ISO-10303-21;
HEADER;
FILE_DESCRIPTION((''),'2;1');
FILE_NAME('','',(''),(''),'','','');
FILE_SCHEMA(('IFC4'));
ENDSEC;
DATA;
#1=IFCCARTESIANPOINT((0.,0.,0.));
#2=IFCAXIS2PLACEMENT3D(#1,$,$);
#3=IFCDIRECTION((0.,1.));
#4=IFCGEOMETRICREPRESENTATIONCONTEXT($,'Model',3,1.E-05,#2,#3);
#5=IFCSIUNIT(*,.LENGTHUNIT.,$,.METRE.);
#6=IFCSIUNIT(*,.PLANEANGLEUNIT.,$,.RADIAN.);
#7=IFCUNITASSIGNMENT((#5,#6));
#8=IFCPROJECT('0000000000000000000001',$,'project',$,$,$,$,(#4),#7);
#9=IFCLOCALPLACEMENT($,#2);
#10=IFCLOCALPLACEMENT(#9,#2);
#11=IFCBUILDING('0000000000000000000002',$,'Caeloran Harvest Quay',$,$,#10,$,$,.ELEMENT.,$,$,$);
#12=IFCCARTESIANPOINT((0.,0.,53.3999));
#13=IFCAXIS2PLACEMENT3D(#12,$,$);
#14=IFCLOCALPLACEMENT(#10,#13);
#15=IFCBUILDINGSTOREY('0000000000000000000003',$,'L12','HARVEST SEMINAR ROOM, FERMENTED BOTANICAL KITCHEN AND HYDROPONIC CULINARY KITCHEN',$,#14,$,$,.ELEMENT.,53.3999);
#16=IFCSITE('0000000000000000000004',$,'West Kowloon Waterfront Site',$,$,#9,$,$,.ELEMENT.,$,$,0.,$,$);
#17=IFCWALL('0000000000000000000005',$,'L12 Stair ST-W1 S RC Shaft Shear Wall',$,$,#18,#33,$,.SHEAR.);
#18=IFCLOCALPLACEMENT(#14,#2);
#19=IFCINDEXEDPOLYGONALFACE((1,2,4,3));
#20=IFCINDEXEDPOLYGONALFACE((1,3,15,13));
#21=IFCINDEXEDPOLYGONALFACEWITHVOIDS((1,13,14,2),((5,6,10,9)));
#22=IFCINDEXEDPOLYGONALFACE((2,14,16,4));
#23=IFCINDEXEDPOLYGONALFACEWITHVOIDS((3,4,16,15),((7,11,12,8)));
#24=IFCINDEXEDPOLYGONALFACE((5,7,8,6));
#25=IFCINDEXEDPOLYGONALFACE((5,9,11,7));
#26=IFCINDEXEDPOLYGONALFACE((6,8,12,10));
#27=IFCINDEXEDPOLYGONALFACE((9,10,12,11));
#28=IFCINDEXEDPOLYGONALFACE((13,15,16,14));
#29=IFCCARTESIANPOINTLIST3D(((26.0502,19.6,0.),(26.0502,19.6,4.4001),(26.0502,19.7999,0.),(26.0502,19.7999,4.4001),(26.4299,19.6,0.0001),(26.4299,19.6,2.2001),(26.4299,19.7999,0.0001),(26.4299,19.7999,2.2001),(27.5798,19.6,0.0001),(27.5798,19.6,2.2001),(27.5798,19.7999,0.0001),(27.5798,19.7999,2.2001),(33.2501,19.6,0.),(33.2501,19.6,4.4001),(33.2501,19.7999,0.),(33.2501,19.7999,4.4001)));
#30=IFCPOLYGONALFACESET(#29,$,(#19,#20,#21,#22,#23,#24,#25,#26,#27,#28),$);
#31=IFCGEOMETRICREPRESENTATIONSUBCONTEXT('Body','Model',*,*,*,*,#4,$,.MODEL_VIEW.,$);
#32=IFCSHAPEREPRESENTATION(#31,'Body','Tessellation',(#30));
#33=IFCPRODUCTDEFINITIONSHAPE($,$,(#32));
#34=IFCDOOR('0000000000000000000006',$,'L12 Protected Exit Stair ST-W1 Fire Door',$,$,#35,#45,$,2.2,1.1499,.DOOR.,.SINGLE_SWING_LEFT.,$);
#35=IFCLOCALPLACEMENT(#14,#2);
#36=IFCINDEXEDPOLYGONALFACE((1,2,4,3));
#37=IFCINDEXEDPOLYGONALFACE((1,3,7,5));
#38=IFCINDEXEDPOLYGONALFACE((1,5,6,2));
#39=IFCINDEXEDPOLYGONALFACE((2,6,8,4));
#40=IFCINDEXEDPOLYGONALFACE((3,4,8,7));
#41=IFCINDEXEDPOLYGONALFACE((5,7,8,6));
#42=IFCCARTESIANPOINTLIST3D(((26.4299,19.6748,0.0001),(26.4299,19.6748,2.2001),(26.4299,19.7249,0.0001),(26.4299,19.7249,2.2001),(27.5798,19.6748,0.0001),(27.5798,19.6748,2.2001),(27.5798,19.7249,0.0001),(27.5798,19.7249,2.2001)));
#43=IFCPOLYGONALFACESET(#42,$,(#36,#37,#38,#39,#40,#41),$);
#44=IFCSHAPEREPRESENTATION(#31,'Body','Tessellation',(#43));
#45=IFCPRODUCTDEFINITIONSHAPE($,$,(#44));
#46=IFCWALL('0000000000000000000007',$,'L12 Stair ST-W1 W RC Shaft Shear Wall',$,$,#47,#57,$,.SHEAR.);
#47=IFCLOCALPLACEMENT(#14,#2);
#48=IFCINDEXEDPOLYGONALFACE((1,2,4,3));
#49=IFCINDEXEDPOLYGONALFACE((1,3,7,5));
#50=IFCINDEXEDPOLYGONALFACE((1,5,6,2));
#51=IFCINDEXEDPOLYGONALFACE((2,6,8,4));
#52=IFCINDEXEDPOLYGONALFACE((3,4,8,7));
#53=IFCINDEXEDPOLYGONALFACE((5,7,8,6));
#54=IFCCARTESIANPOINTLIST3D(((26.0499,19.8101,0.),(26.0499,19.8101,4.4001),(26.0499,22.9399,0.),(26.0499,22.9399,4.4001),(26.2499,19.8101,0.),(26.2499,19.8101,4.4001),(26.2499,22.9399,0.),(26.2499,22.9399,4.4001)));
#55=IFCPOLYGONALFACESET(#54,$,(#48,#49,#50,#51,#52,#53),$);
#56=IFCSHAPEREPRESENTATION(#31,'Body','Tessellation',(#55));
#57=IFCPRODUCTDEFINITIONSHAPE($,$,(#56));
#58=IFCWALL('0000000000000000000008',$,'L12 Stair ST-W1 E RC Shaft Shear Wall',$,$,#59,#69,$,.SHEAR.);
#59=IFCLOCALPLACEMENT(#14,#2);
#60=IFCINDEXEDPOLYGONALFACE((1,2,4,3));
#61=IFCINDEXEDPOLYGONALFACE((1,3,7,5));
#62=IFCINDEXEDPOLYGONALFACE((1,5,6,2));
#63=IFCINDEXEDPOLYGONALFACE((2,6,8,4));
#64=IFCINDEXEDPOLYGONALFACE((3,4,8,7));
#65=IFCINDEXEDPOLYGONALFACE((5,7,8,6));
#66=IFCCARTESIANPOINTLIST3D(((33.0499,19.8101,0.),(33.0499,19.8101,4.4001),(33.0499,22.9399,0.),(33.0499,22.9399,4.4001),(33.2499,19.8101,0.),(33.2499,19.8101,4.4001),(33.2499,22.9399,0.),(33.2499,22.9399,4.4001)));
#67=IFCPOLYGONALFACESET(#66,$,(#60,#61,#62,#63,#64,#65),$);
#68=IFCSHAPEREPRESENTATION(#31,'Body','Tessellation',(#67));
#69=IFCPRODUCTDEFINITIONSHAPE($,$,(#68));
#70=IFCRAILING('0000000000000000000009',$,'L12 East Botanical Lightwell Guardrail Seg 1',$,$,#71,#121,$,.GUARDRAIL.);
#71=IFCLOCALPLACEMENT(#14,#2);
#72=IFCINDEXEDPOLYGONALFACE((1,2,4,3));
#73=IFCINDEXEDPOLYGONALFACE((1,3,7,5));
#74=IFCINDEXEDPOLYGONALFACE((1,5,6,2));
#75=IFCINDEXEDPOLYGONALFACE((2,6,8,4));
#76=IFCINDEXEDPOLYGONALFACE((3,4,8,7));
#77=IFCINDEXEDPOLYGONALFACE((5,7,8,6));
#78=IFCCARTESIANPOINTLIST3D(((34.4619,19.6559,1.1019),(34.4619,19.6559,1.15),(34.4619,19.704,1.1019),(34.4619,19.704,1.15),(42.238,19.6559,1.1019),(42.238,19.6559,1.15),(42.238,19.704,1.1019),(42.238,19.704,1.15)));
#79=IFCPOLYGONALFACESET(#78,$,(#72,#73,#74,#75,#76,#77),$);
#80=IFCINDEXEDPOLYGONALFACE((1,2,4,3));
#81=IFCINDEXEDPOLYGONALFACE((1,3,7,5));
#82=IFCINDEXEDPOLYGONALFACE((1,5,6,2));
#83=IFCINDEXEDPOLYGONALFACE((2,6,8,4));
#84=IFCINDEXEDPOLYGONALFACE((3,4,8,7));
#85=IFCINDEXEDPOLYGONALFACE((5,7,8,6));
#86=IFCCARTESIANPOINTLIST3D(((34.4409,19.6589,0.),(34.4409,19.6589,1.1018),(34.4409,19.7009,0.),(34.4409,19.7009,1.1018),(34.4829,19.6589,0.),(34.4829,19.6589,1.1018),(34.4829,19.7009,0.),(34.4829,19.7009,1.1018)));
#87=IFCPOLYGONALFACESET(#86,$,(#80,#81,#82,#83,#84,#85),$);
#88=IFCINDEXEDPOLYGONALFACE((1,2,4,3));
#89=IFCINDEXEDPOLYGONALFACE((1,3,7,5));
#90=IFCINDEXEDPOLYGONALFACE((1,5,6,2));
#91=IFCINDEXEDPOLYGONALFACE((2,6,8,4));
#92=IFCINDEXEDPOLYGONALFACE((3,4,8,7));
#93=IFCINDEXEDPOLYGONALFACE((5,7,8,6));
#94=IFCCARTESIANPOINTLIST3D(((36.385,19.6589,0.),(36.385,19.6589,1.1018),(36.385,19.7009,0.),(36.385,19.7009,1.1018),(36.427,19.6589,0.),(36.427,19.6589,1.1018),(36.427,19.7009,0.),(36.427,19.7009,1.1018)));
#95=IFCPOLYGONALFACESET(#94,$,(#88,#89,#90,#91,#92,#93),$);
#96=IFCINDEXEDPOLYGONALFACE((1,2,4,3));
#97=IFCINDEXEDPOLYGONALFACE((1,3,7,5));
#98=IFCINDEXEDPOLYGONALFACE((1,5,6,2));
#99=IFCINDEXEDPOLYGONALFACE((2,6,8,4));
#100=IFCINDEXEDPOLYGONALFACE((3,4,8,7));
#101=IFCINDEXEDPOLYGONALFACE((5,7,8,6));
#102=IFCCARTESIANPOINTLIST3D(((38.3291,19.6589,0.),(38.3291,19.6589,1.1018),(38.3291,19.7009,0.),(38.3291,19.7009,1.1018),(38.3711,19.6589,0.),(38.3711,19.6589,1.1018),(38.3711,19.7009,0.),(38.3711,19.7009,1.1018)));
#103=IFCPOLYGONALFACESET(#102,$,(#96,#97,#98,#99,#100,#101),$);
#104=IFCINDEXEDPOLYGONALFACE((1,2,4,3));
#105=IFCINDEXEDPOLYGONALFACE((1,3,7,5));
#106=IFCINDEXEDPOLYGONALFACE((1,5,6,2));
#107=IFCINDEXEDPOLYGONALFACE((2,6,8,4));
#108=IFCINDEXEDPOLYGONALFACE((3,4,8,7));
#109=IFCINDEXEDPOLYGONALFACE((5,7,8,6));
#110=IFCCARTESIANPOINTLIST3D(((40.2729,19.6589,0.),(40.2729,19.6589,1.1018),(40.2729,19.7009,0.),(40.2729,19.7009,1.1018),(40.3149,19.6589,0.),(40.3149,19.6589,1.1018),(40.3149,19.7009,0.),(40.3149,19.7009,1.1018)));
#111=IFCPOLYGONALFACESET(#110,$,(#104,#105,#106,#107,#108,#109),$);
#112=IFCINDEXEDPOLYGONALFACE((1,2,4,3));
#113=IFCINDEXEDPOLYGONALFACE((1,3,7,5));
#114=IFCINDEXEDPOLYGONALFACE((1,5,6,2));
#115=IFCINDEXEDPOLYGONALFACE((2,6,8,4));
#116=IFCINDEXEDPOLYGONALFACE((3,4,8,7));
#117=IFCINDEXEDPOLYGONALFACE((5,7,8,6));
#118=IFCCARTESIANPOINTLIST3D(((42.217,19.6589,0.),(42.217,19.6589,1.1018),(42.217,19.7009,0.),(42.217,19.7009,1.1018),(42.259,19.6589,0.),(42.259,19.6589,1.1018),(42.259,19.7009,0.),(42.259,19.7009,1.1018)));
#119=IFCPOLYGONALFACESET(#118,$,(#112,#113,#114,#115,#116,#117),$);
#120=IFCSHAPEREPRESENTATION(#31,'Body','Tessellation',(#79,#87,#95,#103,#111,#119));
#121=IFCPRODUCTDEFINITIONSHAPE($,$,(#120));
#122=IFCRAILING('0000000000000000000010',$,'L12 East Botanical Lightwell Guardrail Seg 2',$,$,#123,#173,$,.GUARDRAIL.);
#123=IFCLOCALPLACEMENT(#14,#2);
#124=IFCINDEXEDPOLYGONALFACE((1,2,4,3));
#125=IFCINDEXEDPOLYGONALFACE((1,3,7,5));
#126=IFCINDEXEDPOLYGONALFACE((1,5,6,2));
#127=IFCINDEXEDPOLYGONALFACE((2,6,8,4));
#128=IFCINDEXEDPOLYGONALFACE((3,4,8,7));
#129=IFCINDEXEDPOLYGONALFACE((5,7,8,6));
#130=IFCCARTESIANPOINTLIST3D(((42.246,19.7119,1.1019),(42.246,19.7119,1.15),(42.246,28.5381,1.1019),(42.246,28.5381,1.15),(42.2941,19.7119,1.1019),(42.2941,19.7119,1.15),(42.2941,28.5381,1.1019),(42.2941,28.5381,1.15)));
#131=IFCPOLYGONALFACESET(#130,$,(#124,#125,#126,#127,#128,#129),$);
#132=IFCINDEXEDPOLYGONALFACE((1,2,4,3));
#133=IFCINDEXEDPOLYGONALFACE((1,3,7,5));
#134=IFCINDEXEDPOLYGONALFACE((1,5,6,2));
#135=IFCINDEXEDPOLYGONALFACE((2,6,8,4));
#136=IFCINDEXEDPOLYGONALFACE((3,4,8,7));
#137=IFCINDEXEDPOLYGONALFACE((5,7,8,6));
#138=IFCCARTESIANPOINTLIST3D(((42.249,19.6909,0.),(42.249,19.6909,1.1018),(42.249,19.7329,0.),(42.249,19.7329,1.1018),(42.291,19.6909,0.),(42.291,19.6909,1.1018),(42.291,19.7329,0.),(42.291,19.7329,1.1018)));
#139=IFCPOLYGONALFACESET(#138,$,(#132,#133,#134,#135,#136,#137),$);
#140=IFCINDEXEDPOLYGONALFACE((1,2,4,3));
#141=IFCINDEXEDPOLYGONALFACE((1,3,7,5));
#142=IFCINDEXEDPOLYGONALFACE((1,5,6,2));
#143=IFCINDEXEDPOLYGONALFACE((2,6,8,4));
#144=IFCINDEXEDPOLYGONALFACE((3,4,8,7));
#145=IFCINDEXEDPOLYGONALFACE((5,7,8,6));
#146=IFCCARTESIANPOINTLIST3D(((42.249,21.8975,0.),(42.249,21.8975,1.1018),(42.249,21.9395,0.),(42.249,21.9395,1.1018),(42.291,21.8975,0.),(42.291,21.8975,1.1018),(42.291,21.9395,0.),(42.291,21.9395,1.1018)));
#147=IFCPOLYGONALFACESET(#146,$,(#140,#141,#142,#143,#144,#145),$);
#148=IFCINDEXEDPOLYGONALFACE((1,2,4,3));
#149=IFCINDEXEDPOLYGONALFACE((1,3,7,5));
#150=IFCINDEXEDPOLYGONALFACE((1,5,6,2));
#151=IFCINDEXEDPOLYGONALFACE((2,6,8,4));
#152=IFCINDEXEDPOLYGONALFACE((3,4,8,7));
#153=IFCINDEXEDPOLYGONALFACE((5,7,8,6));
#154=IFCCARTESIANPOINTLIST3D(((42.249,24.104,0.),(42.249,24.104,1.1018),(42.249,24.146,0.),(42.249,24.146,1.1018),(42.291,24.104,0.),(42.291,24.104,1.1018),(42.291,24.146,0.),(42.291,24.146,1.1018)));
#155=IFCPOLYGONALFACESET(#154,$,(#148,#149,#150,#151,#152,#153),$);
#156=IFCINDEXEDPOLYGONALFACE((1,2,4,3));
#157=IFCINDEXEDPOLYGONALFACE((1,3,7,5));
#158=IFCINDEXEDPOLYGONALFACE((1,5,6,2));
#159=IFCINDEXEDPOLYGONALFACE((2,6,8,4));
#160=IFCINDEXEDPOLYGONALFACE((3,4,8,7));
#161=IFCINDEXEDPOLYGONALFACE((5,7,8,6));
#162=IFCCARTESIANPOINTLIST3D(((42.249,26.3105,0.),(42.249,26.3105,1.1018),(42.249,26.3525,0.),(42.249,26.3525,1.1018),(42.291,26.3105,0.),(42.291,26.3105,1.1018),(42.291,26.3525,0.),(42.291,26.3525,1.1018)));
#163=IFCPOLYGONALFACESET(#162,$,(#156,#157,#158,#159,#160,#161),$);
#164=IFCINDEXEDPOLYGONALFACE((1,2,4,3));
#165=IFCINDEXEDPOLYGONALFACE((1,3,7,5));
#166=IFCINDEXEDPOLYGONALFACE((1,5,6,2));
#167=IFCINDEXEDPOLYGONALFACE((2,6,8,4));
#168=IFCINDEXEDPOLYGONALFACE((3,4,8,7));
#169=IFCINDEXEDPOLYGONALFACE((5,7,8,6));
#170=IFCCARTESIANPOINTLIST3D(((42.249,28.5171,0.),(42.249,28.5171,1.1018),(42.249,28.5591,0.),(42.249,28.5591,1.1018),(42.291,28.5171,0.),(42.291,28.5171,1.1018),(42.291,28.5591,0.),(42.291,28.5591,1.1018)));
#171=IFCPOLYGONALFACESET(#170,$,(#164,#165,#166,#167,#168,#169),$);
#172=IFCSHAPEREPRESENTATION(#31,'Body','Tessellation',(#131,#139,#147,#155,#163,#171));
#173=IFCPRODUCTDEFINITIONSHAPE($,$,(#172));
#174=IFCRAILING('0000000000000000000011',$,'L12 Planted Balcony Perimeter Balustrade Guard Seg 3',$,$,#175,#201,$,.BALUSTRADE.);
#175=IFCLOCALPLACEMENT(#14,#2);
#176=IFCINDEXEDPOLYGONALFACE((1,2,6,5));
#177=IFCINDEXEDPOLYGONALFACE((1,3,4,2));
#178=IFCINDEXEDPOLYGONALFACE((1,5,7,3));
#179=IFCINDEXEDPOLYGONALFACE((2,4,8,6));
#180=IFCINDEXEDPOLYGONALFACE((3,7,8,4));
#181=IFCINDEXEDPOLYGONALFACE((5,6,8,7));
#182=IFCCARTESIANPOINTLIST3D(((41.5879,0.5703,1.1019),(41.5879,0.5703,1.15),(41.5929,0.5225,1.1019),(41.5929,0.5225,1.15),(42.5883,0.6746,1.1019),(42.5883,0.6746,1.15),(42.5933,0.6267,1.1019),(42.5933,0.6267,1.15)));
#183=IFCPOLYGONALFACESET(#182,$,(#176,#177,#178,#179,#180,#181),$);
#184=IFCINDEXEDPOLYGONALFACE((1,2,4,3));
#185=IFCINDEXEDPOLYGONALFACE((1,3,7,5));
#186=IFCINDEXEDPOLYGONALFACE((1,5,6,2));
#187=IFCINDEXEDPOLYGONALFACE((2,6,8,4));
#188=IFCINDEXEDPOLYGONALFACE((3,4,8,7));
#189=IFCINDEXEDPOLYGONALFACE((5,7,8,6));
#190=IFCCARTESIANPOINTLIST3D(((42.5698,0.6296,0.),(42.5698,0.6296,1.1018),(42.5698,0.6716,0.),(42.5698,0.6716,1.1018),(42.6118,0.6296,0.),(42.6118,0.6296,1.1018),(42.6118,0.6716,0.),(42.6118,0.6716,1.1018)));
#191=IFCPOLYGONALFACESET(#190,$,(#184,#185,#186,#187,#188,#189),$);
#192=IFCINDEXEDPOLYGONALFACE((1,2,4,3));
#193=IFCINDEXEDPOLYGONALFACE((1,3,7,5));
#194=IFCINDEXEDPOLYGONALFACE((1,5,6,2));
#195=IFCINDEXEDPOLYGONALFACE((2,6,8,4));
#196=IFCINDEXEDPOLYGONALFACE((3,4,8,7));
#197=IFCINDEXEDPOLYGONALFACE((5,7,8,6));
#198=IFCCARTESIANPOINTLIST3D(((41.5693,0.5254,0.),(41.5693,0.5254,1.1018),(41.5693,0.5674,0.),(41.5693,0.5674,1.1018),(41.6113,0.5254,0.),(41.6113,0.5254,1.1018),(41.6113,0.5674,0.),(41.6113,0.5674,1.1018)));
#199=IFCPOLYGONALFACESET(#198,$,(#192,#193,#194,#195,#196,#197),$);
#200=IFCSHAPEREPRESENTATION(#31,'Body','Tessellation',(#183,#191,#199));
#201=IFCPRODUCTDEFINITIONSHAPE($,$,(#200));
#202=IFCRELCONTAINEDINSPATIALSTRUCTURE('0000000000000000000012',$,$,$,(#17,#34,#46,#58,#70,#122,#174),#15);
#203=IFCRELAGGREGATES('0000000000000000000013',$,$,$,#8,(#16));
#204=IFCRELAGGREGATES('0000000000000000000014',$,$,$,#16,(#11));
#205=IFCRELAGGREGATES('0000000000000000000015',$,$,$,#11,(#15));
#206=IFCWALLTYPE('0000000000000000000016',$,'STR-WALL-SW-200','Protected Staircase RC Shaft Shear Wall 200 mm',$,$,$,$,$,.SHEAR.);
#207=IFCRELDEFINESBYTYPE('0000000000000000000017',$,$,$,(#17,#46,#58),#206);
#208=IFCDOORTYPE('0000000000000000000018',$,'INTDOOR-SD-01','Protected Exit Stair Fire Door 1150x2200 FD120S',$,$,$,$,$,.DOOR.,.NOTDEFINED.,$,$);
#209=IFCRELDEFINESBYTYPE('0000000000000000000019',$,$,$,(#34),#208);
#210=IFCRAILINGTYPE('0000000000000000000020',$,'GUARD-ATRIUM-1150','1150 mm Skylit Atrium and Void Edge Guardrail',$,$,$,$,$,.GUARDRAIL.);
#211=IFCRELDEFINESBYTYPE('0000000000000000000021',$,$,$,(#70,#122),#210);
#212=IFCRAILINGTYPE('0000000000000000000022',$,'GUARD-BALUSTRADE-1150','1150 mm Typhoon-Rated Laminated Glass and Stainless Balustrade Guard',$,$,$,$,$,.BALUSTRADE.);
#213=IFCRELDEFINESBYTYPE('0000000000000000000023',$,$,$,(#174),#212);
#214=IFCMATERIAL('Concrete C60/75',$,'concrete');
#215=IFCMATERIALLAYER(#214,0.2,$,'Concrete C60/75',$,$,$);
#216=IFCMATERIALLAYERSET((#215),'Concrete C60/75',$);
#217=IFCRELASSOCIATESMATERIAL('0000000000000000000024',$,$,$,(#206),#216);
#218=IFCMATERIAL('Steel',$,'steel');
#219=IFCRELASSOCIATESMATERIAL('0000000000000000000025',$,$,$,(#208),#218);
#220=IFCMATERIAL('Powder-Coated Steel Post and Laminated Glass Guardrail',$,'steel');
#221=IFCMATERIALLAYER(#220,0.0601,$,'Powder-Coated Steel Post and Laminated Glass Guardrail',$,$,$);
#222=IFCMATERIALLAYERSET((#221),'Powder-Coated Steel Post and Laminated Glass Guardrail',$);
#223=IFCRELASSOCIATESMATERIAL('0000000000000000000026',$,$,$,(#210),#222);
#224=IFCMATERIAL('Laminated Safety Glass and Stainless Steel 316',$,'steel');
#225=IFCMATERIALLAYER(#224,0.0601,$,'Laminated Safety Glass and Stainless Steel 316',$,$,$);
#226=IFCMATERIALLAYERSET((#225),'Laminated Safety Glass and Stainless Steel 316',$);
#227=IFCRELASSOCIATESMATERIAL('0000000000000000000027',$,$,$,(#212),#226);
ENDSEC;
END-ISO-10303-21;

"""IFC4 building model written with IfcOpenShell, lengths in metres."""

from ifc_helpers import new_model, si_unit, direction, frame, frame_2d, origin, origin_2d, place, context, subcontext, project, spatial, rectangle, extrude, material, layer, layer_set, type_object, element, fill, save


model = new_model("IFC4")

# Units and contexts
model_context = context("Model", 3, precision=1e-05, world=origin(), true_north=direction((0.0, 1.0)))
body_context = subcontext(model_context, "Body", "Model", "MODEL_VIEW")
ifc_project = project(units=[si_unit("LENGTHUNIT", "METRE"), si_unit("PLANEANGLEUNIT", "RADIAN")], contexts=[model_context])

# Site, building, storey
site_placement = place(None, origin())
site = spatial("IfcSite", under=ifc_project, at=site_placement, Name="West Kowloon Waterfront Site", CompositionType="ELEMENT", RefElevation=0.0)
building_placement = place(site_placement, origin())
building = spatial("IfcBuilding", under=site, at=building_placement, Name="Caeloran Harvest Quay", CompositionType="ELEMENT")
storey_placement = place(building_placement, frame((0.0, 0.0, 53.3999)))
storey = spatial("IfcBuildingStorey", under=building, at=storey_placement, Name="L12", Description="HARVEST SEMINAR ROOM, FERMENTED BOTANICAL KITCHEN AND HYDROPONIC CULINARY KITCHEN", CompositionType="ELEMENT", Elevation=53.3999)

# Wall, opening, door
ifc_material_1 = material(Name="Concrete C60/75", Category="concrete")
ifc_layer_1 = layer(ifc_material_1, 0.2, Name="Concrete C60/75")
ifc_layer_set_1 = layer_set([ifc_layer_1], Name="Concrete C60/75")
wall_type_1 = type_object("IfcWallType", Name="STR-WALL-SW-200", Description="Protected Staircase RC Shaft Shear Wall 200 mm", PredefinedType="SHEAR", material=ifc_layer_set_1)
wall_1_placement = place(storey_placement, frame((26.05, 19.7, 0.0), z_axis=(0.0, 0.0, 1.0), x_axis=(1.0, 0.0, 0.0)))
wall_1 = element("IfcWall", 1, at=wall_1_placement, inside=storey, type_object=wall_type_1, Name="L12 Stair ST-W1 S RC Shaft Shear Wall", PredefinedType="SHEAR", context=body_context, shape_type="SweptSolid", body=[
    extrude(rectangle(XDim=7.2, YDim=0.2, at=frame_2d((3.6001, 0.0))), origin(), (0.0, 0.0, 1.0), 4.4001),
])
opening_1_placement = place(wall_1_placement, frame((0.3799, 0.0, 0.0)))
opening_1 = element("IfcOpeningElement", 2, at=opening_1_placement, cuts=wall_1, PredefinedType="OPENING", context=body_context, shape_type="SweptSolid", body=[
    extrude(rectangle(XDim=1.1499, YDim=2.2, at=frame_2d((0.575, 1.1001))), frame((0.0, 0.1099, 0.0), z_axis=(0.0, -1.0, 0.0), x_axis=(1.0, 0.0, 0.0)), (0.0, 0.0, 1.0), 0.22),
])
ifc_material_2 = material(Name="Steel", Category="steel")
door_type_1 = type_object("IfcDoorType", Name="INTDOOR-SD-01", Description="Protected Exit Stair Fire Door 1150x2200 FD120S", OperationType="NOTDEFINED", PredefinedType="DOOR", material=ifc_material_2)
door_1_placement = place(opening_1_placement, origin())
door_1 = element("IfcDoor", 3, at=door_1_placement, inside=storey, type_object=door_type_1, Name="L12 Protected Exit Stair ST-W1 Fire Door", OperationType="SINGLE_SWING_LEFT", OverallHeight=2.2, OverallWidth=1.1499, PredefinedType="DOOR", context=body_context, shape_type="SweptSolid", body=[
    extrude(rectangle(XDim=1.1499, YDim=2.2, at=frame_2d((0.575, 1.1001))), frame((0.0, 0.0249, 0.0), z_axis=(0.0, -1.0, 0.0), x_axis=(1.0, 0.0, 0.0)), (0.0, 0.0, 1.0), 0.05),
])
fill(opening_1, door_1)

# Walls
for number, where, z_axis, x_axis, name in (
    (4, (26.1499, 19.8101, 0.0), (0.0, 0.0, 1.0), (0.0, 1.0, 0.0), "L12 Stair ST-W1 W RC Shaft Shear Wall"),
    (5, (33.1499, 19.8101, 0.0), (0.0, 0.0, 1.0), (0.0, 1.0, 0.0), "L12 Stair ST-W1 E RC Shaft Shear Wall"),
):
    element("IfcWall", number, at=place(storey_placement, frame(where, z_axis=z_axis, x_axis=x_axis)), inside=storey, type_object=wall_type_1, Name=name, PredefinedType="SHEAR", context=body_context, shape_type="SweptSolid", body=[
        extrude(rectangle(XDim=3.1299, YDim=0.2, at=frame_2d((1.5649, 0.0))), origin(), (0.0, 0.0, 1.0), 4.4001),
    ])

# Railings
ifc_material_3 = material(Name="Powder-Coated Steel Post and Laminated Glass Guardrail", Category="steel")
ifc_layer_2 = layer(ifc_material_3, 0.0601, Name="Powder-Coated Steel Post and Laminated Glass Guardrail")
ifc_layer_set_2 = layer_set([ifc_layer_2], Name="Powder-Coated Steel Post and Laminated Glass Guardrail")
railing_type_1 = type_object("IfcRailingType", Name="GUARD-ATRIUM-1150", Description="1150 mm Skylit Atrium and Void Edge Guardrail", PredefinedType="GUARDRAIL", material=ifc_layer_set_2)
railing_1_placement = place(storey_placement, frame((34.4619, 19.6799, 0.0)))
element("IfcRailing", 6, at=railing_1_placement, inside=storey, type_object=railing_type_1, Name="L12 East Botanical Lightwell Guardrail Seg 1", PredefinedType="GUARDRAIL", context=body_context, shape_type="SweptSolid", body=[
    extrude(rectangle(XDim=0.0481, YDim=0.0481, at=origin_2d()), frame((0.0, 0.0, 1.126), z_axis=(1.0, 0.0, 0.0), x_axis=(0.0, 1.0, 0.0)), (0.0, 0.0, 1.0), 7.7761),
    extrude(rectangle(XDim=0.042, YDim=0.042, at=origin_2d()), origin(), (0.0, 0.0, 1.0), 1.1018),
    extrude(rectangle(XDim=0.042, YDim=0.042, at=origin_2d()), frame((1.9441, 0.0, 0.0)), (0.0, 0.0, 1.0), 1.1018),
    extrude(rectangle(XDim=0.042, YDim=0.042, at=origin_2d()), frame((3.8882, 0.0, 0.0)), (0.0, 0.0, 1.0), 1.1018),
    extrude(rectangle(XDim=0.042, YDim=0.042, at=origin_2d()), frame((5.832, 0.0, 0.0)), (0.0, 0.0, 1.0), 1.1018),
    extrude(rectangle(XDim=0.042, YDim=0.042, at=origin_2d()), frame((7.7761, 0.0, 0.0)), (0.0, 0.0, 1.0), 1.1018),
])
railing_2_placement = place(storey_placement, frame((42.27, 19.7119, 0.0)))
element("IfcRailing", 7, at=railing_2_placement, inside=storey, type_object=railing_type_1, Name="L12 East Botanical Lightwell Guardrail Seg 2", PredefinedType="GUARDRAIL", context=body_context, shape_type="SweptSolid", body=[
    extrude(rectangle(XDim=0.0481, YDim=0.0481, at=origin_2d()), frame((0.0, 0.0, 1.126), z_axis=(0.0, 1.0, 0.0), x_axis=(-1.0, 0.0, 0.0)), (0.0, 0.0, 1.0), 8.8262),
    extrude(rectangle(XDim=0.042, YDim=0.042, at=origin_2d()), origin(), (0.0, 0.0, 1.0), 1.1018),
    extrude(rectangle(XDim=0.042, YDim=0.042, at=origin_2d()), frame((0.0, 2.2065, 0.0)), (0.0, 0.0, 1.0), 1.1018),
    extrude(rectangle(XDim=0.042, YDim=0.042, at=origin_2d()), frame((0.0, 4.4131, 0.0)), (0.0, 0.0, 1.0), 1.1018),
    extrude(rectangle(XDim=0.042, YDim=0.042, at=origin_2d()), frame((0.0, 6.6196, 0.0)), (0.0, 0.0, 1.0), 1.1018),
    extrude(rectangle(XDim=0.042, YDim=0.042, at=origin_2d()), frame((0.0, 8.8262, 0.0)), (0.0, 0.0, 1.0), 1.1018),
])
ifc_material_4 = material(Name="Laminated Safety Glass and Stainless Steel 316", Category="steel")
ifc_layer_3 = layer(ifc_material_4, 0.0601, Name="Laminated Safety Glass and Stainless Steel 316")
ifc_layer_set_3 = layer_set([ifc_layer_3], Name="Laminated Safety Glass and Stainless Steel 316")
railing_type_2 = type_object("IfcRailingType", Name="GUARD-BALUSTRADE-1150", Description="1150 mm Typhoon-Rated Laminated Glass and Stainless Balustrade Guard", PredefinedType="BALUSTRADE", material=ifc_layer_set_3)
railing_3_placement = place(storey_placement, frame((42.5908, 0.6506, 0.0)))
element("IfcRailing", 8, at=railing_3_placement, inside=storey, type_object=railing_type_2, Name="L12 Planted Balcony Perimeter Balustrade Guard Seg 3", PredefinedType="BALUSTRADE", context=body_context, shape_type="SweptSolid", body=[
    extrude(rectangle(XDim=0.0481, YDim=0.0481, at=origin_2d()), frame((0.0, 0.0, 1.126), z_axis=(-0.994615, -0.103636, 0.0), x_axis=(0.103636, -0.994615, 0.0)), (0.0, 0.0, 1.0), 1.0059),
    extrude(rectangle(XDim=0.042, YDim=0.042, at=origin_2d()), origin(), (0.0, 0.0, 1.0), 1.1018),
    extrude(rectangle(XDim=0.042, YDim=0.042, at=origin_2d()), frame((-1.0005, -0.1042, 0.0)), (0.0, 0.0, 1.0), 1.1018),
])

save(model, "model.ifc")
